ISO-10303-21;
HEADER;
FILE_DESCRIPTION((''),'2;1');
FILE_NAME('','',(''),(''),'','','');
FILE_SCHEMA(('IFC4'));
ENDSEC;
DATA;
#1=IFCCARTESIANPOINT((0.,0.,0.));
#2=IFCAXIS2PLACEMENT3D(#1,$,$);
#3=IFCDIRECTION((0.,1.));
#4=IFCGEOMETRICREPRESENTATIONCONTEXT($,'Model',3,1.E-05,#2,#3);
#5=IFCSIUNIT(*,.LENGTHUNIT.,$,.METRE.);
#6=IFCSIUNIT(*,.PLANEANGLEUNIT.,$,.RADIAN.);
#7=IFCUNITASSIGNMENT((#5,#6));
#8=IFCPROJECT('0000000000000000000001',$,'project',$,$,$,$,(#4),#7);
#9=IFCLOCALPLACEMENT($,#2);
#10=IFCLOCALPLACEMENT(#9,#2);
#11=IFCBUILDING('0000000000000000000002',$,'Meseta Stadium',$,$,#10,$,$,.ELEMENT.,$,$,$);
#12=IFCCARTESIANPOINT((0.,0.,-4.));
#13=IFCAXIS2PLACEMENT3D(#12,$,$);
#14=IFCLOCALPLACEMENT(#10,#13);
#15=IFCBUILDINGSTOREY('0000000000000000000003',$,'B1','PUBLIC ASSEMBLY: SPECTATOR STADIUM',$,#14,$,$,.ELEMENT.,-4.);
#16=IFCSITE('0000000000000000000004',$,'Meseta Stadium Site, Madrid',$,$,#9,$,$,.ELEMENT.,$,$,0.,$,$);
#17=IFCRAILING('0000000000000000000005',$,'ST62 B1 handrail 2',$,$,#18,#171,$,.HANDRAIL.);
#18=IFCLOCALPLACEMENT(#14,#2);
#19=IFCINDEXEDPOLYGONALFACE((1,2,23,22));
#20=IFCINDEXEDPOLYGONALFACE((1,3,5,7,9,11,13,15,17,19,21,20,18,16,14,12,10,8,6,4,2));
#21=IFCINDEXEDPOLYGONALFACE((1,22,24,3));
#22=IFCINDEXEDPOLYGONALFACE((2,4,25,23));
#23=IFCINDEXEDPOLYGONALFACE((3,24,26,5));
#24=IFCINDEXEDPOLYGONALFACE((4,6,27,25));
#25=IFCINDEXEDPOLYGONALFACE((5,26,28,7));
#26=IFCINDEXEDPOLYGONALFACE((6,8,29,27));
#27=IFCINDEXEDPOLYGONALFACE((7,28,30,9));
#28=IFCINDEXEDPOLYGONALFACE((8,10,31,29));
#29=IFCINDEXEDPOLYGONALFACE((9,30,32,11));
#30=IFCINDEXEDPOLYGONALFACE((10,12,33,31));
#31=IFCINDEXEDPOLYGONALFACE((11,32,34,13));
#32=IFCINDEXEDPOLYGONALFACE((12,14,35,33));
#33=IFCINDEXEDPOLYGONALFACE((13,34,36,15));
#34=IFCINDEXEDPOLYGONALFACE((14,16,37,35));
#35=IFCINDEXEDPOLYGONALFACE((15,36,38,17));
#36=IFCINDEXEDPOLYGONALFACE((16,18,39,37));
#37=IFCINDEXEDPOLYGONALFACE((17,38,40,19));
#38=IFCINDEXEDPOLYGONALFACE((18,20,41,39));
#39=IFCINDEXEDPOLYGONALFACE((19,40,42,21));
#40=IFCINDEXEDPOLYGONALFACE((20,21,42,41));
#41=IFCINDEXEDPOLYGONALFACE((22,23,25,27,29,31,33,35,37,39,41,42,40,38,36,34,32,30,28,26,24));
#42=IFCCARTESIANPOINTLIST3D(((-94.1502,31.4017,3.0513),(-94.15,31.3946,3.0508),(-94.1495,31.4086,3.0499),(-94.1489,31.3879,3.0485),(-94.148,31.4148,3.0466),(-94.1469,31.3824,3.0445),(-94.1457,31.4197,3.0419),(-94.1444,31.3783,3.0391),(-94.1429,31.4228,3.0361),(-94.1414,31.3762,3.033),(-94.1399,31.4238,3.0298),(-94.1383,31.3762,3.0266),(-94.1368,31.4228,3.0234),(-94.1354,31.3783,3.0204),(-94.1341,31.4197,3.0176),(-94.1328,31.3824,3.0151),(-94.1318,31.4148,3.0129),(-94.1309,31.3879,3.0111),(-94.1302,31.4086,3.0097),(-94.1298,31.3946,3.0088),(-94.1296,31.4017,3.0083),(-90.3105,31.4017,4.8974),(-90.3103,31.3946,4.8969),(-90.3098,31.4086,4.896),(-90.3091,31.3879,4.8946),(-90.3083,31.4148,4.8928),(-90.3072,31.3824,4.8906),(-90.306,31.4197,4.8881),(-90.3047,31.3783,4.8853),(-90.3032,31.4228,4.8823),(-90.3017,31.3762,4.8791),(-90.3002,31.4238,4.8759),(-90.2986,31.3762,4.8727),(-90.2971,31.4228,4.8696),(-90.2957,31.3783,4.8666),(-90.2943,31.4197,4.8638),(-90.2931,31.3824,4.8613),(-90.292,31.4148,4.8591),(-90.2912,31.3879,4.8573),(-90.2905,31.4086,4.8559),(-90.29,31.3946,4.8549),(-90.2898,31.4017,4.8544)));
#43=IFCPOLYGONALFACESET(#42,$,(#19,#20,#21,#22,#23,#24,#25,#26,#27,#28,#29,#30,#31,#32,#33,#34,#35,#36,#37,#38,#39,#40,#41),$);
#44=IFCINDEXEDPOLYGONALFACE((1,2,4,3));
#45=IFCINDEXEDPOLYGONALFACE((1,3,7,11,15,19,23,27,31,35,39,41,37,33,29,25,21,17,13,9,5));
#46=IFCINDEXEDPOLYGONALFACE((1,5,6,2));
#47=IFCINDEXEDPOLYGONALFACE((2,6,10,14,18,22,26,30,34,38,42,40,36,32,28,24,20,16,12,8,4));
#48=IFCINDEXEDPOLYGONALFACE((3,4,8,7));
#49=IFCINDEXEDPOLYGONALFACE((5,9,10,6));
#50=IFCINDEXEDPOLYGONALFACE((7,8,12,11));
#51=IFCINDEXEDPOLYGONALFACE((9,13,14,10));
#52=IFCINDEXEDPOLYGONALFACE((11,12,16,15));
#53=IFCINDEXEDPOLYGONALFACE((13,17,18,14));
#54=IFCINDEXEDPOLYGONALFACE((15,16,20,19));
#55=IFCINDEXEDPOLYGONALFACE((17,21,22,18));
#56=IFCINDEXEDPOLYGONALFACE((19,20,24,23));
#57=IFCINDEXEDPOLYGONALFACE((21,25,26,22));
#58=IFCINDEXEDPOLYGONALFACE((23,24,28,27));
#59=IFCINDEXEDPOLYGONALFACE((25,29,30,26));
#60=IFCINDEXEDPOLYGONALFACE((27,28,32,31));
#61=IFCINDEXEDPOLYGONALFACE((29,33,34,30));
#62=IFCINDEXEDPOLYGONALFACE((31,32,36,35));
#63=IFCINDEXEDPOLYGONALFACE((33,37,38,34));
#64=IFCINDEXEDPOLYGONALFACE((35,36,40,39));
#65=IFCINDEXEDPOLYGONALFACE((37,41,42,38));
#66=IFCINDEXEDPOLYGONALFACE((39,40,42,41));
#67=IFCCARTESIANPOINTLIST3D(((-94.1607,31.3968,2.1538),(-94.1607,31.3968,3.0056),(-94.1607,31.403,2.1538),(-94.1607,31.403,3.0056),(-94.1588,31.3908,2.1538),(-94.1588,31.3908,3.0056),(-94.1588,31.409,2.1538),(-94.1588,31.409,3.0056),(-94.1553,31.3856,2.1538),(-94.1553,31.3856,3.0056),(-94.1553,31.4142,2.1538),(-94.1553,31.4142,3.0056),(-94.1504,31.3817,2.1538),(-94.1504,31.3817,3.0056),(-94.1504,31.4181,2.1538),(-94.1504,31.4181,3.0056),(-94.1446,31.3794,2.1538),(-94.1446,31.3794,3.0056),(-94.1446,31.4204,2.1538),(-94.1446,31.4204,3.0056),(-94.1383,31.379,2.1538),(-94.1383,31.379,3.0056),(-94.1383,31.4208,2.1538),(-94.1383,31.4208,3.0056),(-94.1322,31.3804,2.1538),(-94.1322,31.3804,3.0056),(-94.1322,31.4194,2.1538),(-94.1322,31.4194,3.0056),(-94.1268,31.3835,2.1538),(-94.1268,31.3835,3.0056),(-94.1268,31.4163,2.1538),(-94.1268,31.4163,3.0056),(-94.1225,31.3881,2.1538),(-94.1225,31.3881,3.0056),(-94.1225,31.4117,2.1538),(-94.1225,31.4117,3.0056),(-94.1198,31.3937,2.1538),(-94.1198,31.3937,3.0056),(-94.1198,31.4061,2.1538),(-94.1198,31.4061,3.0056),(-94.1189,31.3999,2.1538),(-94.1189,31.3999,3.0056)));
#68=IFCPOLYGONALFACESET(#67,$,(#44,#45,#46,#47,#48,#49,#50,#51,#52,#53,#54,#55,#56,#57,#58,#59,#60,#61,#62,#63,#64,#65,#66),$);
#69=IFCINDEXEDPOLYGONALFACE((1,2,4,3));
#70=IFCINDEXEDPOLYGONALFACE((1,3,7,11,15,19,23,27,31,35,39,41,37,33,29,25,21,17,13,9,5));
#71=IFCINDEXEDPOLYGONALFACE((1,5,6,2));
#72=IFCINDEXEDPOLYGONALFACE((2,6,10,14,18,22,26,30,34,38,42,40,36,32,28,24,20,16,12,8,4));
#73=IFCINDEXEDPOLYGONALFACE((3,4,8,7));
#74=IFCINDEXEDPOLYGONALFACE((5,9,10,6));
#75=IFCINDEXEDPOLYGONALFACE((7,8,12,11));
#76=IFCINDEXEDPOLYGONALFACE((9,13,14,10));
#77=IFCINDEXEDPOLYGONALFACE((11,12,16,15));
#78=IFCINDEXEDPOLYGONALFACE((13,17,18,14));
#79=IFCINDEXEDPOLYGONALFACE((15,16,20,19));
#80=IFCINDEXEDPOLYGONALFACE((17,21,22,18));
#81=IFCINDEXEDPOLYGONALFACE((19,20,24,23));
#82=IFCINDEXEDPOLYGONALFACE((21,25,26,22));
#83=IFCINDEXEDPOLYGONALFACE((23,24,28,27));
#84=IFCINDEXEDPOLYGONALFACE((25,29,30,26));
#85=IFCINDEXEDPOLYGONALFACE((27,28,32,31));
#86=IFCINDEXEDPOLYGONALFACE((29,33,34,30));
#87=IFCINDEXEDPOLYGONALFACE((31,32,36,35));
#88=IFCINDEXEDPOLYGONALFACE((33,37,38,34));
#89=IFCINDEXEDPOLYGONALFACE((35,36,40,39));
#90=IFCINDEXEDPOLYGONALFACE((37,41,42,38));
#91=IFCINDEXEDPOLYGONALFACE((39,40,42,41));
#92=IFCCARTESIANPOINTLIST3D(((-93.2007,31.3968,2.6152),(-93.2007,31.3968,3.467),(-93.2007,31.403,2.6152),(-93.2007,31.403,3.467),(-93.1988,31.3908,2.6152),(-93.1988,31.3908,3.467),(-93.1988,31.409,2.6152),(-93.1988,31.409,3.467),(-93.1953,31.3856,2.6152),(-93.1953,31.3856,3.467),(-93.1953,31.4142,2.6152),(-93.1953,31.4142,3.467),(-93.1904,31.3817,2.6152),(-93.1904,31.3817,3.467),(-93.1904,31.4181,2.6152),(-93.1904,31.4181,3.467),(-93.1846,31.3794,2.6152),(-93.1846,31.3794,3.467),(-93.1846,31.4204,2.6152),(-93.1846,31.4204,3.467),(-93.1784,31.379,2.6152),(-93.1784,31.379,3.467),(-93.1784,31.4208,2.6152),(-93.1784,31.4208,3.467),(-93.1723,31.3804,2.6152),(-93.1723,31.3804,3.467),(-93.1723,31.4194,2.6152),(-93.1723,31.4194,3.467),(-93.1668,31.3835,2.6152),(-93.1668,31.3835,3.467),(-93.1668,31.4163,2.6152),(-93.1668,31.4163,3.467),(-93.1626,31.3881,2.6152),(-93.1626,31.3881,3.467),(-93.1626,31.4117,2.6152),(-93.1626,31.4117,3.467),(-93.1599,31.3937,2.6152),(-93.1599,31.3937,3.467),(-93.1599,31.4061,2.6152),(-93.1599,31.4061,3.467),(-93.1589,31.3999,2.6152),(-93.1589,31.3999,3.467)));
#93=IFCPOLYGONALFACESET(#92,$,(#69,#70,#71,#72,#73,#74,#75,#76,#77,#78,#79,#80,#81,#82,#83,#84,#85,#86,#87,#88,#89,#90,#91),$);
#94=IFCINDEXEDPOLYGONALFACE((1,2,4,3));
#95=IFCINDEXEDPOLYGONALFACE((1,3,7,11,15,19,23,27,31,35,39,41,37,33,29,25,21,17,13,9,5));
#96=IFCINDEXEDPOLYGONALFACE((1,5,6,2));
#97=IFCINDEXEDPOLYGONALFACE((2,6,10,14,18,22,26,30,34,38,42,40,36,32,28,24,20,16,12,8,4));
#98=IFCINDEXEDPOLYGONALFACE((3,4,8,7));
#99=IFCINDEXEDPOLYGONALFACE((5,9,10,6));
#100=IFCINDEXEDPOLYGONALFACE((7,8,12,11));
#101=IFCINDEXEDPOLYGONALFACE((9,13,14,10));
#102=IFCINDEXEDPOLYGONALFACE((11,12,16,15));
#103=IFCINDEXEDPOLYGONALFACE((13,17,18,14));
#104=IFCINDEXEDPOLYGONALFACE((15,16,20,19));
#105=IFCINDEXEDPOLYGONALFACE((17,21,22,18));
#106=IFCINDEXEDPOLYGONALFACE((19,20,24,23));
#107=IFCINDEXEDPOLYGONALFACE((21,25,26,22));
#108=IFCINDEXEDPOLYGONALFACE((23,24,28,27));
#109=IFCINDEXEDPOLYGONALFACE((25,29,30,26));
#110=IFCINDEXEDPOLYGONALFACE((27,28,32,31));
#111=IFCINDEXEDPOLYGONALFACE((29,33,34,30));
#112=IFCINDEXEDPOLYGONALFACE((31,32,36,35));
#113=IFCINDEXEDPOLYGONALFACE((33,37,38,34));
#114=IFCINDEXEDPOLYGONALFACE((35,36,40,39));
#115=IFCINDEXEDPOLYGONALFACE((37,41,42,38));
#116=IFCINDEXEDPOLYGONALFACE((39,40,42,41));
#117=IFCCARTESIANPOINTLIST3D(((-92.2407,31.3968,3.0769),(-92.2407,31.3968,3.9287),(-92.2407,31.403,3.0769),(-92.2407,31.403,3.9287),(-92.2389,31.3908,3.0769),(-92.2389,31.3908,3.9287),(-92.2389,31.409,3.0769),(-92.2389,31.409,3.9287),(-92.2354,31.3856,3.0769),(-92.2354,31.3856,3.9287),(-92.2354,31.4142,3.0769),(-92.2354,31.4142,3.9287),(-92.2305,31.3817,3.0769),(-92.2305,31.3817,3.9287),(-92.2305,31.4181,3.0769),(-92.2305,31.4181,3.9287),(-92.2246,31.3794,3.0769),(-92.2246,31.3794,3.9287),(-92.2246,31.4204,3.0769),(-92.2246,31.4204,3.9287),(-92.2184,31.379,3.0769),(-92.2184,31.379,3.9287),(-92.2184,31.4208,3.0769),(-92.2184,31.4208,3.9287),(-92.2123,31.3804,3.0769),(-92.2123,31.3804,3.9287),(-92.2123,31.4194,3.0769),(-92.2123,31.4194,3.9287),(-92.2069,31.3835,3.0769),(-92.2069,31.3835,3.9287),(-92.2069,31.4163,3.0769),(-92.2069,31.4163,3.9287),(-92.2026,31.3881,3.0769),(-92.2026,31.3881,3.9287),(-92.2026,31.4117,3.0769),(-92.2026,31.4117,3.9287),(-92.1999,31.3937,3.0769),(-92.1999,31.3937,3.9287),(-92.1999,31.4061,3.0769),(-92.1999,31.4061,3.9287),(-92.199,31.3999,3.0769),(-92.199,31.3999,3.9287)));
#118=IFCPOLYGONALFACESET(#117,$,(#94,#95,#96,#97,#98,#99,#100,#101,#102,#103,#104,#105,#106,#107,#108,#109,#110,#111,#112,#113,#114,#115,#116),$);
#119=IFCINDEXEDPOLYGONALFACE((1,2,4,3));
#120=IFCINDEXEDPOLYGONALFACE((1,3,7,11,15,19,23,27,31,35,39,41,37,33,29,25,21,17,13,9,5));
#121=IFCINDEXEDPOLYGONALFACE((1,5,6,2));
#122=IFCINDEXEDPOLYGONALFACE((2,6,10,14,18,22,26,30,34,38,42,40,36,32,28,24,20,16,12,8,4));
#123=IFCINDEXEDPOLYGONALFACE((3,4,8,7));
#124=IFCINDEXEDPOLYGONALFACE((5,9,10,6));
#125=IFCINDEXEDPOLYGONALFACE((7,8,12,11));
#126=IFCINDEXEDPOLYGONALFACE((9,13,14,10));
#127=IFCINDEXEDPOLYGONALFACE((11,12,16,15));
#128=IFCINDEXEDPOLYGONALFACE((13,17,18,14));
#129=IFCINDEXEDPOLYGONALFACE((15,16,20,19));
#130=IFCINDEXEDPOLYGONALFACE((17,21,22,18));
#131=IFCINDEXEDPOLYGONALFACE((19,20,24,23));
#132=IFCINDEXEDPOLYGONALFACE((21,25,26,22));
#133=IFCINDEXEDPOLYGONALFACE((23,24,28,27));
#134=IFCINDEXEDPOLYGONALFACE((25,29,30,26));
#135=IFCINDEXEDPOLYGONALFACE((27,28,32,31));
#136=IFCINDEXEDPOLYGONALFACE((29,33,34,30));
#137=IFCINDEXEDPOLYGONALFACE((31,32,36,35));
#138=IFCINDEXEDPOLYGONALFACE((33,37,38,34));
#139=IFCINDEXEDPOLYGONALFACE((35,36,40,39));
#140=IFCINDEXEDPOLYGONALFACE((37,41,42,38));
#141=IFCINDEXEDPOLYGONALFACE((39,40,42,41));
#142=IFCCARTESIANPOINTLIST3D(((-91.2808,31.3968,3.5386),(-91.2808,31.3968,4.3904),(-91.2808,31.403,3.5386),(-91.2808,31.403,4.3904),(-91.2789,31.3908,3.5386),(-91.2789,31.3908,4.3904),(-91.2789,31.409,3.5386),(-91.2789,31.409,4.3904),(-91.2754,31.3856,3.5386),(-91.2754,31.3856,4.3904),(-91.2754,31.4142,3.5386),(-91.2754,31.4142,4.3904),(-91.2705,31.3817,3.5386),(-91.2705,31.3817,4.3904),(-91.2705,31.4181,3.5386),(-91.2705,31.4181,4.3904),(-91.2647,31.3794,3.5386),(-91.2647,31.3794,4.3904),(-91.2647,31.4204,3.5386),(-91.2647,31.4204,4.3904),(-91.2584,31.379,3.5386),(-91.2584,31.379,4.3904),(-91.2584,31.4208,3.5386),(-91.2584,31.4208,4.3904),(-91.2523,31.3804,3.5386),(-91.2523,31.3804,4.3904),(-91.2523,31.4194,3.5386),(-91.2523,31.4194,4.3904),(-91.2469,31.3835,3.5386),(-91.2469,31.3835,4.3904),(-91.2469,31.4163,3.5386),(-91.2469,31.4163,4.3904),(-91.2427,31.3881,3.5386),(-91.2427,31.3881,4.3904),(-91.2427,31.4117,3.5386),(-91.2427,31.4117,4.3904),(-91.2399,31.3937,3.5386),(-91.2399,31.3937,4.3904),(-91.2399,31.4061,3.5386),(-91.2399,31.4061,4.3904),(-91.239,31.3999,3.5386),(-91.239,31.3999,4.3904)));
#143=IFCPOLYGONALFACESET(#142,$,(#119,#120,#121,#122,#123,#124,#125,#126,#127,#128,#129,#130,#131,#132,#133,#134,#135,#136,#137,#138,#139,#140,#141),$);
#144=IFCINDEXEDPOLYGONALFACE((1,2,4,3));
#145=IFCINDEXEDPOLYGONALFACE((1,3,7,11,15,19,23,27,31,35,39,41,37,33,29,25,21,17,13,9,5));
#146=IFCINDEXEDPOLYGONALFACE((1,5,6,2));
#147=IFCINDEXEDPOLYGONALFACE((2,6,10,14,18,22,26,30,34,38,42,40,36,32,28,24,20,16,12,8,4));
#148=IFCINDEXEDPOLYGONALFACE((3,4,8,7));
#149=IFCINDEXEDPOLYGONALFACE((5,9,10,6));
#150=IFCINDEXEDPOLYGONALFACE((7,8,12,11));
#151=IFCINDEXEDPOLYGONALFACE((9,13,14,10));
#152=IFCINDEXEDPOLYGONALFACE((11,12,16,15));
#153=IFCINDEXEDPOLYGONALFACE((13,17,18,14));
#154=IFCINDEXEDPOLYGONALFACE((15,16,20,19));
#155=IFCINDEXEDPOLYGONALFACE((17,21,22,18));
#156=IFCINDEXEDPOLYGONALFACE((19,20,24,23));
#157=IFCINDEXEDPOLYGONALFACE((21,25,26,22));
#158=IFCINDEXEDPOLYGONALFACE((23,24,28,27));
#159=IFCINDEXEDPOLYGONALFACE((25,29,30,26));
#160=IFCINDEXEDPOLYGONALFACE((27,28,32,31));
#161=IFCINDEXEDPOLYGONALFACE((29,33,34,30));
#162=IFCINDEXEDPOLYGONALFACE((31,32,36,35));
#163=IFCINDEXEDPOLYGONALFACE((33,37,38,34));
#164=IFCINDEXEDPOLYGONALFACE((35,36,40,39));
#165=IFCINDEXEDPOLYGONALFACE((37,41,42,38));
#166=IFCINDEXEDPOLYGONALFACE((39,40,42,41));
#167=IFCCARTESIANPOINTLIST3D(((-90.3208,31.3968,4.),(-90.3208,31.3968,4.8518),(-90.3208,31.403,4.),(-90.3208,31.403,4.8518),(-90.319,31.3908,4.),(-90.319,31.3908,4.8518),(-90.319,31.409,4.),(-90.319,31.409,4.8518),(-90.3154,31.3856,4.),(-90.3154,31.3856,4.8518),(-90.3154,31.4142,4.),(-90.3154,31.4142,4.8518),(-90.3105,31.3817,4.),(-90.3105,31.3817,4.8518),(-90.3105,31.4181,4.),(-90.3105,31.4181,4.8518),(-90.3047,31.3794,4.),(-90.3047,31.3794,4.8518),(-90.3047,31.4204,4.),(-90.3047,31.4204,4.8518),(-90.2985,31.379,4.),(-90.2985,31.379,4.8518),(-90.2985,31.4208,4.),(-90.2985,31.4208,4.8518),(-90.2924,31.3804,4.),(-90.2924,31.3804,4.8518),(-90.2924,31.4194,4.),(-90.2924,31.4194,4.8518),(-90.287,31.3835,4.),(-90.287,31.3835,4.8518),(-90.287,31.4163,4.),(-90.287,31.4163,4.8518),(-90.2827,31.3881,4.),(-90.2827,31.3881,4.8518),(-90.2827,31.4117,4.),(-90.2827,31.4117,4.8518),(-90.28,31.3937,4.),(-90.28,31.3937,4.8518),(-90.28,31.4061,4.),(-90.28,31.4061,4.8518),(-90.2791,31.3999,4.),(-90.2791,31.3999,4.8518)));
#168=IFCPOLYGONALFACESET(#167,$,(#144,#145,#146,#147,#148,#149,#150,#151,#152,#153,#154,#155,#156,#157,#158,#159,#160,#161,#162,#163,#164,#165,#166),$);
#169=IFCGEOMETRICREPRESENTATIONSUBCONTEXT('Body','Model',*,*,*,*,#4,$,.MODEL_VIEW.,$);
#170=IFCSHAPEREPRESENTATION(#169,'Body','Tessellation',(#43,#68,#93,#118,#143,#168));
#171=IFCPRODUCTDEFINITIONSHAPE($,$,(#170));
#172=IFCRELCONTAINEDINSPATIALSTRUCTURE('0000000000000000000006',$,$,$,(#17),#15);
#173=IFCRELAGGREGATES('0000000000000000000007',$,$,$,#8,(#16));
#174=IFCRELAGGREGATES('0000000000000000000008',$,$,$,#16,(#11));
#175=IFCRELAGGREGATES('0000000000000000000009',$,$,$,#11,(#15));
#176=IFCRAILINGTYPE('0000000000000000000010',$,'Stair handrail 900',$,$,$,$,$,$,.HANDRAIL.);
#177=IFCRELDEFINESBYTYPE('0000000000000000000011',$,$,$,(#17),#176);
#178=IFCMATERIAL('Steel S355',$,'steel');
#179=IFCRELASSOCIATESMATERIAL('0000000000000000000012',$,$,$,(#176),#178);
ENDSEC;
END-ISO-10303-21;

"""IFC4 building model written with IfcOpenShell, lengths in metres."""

from ifc_helpers import new_model, si_unit, direction, frame, origin, origin_2d, place, context, subcontext, project, spatial, circle, extrude, material, type_object, element, save


model = new_model("IFC4")

# Units and contexts
model_context = context("Model", 3, precision=1e-05, world=origin(), true_north=direction((0.0, 1.0)))
body_context = subcontext(model_context, "Body", "Model", "MODEL_VIEW")
ifc_project = project(units=[si_unit("LENGTHUNIT", "METRE"), si_unit("PLANEANGLEUNIT", "RADIAN")], contexts=[model_context])

# Site, building, storey
site_placement = place(None, origin())
site = spatial("IfcSite", under=ifc_project, at=site_placement, Name="Meseta Stadium Site, Madrid", CompositionType="ELEMENT", RefElevation=0.0)
building_placement = place(site_placement, origin())
building = spatial("IfcBuilding", under=site, at=building_placement, Name="Meseta Stadium", CompositionType="ELEMENT")
storey_placement = place(building_placement, frame((0.0, 0.0, -4.0)))
storey = spatial("IfcBuildingStorey", under=building, at=storey_placement, Name="B1", Description="PUBLIC ASSEMBLY: SPECTATOR STADIUM", CompositionType="ELEMENT", Elevation=-4.0)

# Railing
ifc_material_1 = material(Name="Steel S355", Category="steel")
railing_type_1 = type_object("IfcRailingType", Name="Stair handrail 900", PredefinedType="HANDRAIL", material=ifc_material_1)
for number, where, name in (
    (1, (-94.1399, 31.3999, 2.1538), "ST62 B1 handrail 2"),
):
    element("IfcRailing", number, at=place(storey_placement, frame(where)), inside=storey, type_object=railing_type_1, Name=name, PredefinedType="HANDRAIL", context=body_context, shape_type="SweptSolid", body=[
        extrude(circle(Radius=0.0239, at=origin_2d()), frame((0.0, 0.0, 0.876), z_axis=(0.901242, 0.0, 0.433316), x_axis=(0.0, 1.0, 0.0)), (0.0, 0.0, 1.0), 4.2605),
        extrude(circle(Radius=0.021, at=origin_2d()), origin(), (0.0, 0.0, 1.0), 0.8518),
        extrude(circle(Radius=0.021, at=origin_2d()), frame((0.96, 0.0, 0.4614)), (0.0, 0.0, 1.0), 0.8518),
        extrude(circle(Radius=0.021, at=origin_2d()), frame((1.9199, 0.0, 0.9231)), (0.0, 0.0, 1.0), 0.8518),
        extrude(circle(Radius=0.021, at=origin_2d()), frame((2.8799, 0.0, 1.3848)), (0.0, 0.0, 1.0), 0.8518),
        extrude(circle(Radius=0.021, at=origin_2d()), frame((3.8398, 0.0, 1.8462)), (0.0, 0.0, 1.0), 0.8518),
    ])

save(model, "model.ifc")
